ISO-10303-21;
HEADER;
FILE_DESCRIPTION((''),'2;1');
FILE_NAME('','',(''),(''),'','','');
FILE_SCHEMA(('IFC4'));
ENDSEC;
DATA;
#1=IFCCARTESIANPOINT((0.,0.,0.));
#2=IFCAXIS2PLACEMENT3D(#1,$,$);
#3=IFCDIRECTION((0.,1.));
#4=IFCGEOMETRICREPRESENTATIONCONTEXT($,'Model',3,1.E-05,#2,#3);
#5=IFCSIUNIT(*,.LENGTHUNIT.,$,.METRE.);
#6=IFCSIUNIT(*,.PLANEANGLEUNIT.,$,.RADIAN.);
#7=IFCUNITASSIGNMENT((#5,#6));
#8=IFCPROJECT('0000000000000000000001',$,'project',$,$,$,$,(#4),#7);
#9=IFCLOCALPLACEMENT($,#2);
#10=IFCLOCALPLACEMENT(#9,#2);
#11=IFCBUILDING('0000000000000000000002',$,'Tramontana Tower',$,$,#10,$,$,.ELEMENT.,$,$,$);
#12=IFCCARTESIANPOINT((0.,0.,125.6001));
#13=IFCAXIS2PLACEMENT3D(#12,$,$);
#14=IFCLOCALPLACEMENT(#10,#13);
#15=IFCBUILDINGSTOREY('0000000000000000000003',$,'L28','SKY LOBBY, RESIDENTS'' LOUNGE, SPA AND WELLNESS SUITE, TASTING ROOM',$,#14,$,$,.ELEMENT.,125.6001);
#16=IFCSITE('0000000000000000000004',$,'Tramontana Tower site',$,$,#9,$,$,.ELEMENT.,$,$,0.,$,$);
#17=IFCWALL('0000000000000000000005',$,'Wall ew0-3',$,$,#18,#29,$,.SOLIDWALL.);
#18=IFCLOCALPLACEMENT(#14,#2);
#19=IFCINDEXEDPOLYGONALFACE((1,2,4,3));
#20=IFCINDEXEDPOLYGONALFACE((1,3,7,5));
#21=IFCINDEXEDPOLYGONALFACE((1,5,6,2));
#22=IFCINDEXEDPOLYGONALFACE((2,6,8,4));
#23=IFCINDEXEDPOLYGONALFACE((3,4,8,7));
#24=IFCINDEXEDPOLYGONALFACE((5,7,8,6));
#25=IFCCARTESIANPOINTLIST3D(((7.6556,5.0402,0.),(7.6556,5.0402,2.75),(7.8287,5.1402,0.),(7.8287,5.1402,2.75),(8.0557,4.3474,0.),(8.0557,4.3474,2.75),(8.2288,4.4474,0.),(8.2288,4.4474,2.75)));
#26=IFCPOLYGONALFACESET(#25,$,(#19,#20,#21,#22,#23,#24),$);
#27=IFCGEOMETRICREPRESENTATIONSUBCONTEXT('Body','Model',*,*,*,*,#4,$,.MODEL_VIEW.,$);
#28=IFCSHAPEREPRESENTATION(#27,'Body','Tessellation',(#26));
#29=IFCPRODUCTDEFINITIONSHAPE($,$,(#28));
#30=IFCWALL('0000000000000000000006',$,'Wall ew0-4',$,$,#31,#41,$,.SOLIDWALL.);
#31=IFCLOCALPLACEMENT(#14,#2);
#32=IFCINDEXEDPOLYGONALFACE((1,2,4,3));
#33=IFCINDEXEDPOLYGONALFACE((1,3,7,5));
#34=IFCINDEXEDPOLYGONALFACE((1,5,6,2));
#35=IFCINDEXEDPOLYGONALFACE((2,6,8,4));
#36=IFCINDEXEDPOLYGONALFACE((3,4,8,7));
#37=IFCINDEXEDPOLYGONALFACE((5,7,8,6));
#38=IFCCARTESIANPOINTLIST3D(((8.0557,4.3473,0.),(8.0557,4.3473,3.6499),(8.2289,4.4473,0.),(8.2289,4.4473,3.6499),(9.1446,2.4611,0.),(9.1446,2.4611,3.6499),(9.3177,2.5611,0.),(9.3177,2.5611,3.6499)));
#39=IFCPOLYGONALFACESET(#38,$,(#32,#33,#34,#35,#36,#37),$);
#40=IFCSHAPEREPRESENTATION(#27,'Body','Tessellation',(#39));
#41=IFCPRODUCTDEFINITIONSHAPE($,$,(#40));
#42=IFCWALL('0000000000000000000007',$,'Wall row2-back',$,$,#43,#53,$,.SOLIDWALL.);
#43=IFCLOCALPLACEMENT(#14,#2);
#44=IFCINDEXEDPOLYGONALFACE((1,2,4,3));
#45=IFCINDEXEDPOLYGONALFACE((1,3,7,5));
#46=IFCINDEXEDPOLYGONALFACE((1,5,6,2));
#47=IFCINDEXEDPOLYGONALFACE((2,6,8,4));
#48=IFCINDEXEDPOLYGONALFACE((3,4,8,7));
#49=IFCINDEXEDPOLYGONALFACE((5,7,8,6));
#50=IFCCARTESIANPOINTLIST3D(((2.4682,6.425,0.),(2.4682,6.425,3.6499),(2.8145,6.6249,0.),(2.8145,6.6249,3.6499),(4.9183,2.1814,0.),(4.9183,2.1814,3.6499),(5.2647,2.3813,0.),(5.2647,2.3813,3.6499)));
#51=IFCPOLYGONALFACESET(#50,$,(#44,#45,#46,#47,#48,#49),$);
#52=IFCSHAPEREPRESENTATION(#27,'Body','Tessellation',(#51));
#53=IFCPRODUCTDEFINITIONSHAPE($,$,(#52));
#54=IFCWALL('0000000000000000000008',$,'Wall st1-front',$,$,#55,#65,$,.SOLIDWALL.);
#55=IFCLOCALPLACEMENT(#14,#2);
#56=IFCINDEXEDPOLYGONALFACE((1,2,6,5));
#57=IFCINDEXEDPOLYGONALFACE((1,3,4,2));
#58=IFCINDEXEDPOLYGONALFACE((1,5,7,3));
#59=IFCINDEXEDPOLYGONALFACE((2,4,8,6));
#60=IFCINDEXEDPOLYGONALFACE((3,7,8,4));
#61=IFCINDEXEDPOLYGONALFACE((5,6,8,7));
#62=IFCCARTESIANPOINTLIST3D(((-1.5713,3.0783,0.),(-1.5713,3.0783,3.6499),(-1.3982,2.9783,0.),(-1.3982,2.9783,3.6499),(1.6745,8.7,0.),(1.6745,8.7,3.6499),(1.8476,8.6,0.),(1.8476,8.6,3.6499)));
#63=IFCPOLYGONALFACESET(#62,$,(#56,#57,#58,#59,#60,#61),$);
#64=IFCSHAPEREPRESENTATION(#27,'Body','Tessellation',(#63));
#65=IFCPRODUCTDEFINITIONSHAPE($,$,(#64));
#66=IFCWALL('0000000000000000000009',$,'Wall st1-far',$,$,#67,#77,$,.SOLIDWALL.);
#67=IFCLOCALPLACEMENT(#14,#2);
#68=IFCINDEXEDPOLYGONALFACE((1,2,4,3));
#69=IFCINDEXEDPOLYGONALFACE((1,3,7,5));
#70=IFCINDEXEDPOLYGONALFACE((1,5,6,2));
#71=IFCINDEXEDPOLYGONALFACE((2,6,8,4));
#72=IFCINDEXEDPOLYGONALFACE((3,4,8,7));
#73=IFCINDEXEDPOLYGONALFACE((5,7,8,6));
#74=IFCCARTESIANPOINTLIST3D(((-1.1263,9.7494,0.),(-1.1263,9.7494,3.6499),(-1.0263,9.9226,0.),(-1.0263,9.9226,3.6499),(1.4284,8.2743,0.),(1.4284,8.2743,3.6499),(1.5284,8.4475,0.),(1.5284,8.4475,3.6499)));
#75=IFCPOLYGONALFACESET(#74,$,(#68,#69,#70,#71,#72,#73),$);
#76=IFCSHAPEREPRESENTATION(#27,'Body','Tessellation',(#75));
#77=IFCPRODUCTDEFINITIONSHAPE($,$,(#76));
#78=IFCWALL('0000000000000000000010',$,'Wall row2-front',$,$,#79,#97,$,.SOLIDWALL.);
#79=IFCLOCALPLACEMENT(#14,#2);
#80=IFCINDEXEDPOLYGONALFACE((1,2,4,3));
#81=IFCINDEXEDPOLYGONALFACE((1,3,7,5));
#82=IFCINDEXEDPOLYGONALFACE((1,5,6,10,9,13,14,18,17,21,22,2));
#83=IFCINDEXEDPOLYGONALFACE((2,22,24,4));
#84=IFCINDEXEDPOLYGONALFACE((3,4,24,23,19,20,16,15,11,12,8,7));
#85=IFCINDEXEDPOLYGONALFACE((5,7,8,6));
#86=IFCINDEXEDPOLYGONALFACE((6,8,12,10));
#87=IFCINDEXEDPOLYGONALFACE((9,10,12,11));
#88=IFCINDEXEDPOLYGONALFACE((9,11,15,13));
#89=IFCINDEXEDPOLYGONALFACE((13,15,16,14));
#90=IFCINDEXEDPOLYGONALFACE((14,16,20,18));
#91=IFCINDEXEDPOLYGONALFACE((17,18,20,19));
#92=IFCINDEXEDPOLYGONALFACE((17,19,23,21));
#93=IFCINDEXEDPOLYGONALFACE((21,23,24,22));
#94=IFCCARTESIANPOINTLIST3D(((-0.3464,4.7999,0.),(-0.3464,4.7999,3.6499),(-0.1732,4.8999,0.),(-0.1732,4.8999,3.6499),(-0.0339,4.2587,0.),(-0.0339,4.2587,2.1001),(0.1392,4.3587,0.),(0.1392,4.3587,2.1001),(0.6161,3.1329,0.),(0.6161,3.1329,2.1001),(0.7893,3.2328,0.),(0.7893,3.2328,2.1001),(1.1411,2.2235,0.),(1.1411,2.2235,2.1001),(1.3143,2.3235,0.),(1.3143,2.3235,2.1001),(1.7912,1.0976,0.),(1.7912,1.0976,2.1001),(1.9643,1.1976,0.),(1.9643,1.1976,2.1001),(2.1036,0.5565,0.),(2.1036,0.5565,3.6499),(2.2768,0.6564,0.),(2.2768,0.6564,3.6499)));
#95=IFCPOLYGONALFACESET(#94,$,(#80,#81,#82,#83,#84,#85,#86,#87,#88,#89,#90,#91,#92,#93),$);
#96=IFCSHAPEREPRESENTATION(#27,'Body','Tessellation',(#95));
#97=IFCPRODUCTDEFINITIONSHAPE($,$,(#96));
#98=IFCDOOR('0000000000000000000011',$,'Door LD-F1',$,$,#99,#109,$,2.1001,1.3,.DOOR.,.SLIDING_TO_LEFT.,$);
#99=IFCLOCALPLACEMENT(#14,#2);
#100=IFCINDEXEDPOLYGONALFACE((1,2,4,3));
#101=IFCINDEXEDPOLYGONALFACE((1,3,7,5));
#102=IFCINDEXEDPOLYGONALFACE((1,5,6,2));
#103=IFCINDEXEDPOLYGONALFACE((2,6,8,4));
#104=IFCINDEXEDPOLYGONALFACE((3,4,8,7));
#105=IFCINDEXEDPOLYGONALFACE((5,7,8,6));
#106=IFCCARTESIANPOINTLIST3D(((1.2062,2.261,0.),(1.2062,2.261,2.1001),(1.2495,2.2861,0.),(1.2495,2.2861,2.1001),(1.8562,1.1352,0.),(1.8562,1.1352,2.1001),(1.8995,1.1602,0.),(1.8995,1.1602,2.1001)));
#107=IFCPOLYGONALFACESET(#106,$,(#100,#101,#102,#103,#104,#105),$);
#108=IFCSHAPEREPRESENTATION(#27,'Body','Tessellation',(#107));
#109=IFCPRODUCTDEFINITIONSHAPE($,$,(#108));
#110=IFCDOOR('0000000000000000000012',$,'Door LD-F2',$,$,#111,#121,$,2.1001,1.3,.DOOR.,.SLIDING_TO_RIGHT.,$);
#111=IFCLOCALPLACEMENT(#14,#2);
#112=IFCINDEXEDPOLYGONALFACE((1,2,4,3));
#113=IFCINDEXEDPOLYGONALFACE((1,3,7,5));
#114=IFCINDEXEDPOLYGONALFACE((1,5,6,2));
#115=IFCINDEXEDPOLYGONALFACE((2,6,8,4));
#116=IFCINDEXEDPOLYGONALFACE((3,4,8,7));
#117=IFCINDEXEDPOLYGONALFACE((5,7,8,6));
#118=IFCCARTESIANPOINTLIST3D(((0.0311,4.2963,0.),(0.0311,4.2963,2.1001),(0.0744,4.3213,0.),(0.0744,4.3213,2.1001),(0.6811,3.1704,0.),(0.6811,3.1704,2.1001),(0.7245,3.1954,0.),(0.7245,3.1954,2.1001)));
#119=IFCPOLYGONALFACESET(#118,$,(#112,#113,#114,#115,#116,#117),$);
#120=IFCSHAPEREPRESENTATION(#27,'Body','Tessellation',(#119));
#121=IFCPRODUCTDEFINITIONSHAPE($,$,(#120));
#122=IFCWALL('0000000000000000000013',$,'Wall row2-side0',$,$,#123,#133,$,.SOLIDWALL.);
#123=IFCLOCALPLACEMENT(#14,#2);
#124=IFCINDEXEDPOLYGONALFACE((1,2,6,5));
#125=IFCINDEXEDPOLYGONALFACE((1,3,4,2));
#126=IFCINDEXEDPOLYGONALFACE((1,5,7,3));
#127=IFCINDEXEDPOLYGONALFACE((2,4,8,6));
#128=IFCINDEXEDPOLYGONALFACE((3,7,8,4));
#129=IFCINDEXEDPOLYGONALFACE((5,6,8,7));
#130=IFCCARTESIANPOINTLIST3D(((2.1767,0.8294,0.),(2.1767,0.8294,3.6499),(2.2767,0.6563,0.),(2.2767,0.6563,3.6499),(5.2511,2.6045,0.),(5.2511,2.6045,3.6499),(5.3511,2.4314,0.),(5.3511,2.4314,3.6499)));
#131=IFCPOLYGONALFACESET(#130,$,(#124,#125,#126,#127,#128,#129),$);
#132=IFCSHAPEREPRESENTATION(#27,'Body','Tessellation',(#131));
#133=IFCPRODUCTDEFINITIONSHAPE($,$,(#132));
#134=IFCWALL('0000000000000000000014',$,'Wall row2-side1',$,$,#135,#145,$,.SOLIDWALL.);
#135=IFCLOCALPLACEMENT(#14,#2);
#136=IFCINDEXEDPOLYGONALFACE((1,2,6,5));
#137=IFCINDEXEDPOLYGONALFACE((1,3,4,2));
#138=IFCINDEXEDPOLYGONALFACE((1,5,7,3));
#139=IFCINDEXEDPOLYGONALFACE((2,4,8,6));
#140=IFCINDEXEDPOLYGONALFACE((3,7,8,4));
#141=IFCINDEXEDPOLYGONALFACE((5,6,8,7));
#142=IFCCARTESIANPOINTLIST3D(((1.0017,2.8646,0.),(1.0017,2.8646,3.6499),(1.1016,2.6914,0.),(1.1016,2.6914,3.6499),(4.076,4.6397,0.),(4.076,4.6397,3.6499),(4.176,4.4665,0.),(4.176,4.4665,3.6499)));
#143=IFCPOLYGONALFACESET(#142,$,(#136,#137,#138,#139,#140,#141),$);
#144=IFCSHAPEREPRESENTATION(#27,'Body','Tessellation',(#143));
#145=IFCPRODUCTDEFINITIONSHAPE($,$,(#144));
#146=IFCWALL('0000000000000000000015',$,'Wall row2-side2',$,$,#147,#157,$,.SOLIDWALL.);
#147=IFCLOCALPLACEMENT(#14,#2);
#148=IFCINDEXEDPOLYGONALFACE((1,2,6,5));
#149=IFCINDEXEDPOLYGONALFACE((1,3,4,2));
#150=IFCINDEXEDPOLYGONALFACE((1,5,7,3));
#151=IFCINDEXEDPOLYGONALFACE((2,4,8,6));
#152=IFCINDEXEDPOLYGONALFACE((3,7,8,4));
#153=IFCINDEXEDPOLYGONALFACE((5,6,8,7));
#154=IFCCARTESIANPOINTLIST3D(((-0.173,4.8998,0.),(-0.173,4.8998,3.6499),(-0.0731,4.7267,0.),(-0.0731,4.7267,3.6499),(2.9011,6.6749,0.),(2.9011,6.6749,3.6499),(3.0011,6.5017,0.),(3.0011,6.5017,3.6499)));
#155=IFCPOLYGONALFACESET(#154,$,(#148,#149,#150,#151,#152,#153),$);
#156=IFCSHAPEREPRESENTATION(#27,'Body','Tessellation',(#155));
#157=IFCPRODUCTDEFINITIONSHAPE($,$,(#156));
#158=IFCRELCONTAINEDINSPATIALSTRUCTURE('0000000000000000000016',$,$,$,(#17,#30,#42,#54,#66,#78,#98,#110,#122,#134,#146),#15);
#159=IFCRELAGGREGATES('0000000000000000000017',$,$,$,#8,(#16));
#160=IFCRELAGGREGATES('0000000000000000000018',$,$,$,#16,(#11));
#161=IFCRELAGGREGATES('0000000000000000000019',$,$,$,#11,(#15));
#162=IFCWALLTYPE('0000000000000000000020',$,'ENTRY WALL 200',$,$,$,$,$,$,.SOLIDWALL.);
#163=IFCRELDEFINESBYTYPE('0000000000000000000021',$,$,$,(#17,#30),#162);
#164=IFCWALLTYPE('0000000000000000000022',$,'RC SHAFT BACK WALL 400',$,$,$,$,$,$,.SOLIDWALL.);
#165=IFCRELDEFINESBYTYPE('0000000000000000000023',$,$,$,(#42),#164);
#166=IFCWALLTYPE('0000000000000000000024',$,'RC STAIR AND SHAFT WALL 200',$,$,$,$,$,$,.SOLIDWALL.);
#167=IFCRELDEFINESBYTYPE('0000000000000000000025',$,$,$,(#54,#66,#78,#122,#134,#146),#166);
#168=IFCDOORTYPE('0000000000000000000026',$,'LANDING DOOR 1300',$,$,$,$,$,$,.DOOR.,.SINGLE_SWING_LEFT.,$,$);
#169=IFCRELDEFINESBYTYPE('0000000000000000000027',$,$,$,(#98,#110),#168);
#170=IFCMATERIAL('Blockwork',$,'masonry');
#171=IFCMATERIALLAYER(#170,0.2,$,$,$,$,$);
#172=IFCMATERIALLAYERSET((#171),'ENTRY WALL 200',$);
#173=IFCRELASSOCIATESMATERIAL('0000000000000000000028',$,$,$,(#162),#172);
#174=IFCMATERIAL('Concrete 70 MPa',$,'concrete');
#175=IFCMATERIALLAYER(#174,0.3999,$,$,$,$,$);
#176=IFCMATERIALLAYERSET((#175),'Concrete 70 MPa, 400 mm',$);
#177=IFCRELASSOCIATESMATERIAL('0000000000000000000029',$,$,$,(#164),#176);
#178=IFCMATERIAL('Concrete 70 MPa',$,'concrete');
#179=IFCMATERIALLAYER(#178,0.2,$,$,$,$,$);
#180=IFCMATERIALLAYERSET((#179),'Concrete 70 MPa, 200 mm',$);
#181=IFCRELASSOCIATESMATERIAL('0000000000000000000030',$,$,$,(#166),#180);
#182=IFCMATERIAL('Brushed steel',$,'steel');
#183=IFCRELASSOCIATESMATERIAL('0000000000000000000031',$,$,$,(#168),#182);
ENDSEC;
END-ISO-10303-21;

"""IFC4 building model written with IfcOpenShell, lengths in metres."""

from ifc_helpers import new_model, si_unit, direction, frame, frame_2d, origin, place, context, subcontext, project, spatial, rectangle, extrude, material, layer, layer_set, type_object, element, fill, save


model = new_model("IFC4")

# Units and contexts
model_context = context("Model", 3, precision=1e-05, world=origin(), true_north=direction((0.0, 1.0)))
body_context = subcontext(model_context, "Body", "Model", "MODEL_VIEW")
ifc_project = project(units=[si_unit("LENGTHUNIT", "METRE"), si_unit("PLANEANGLEUNIT", "RADIAN")], contexts=[model_context])

# Site, building, storey
site_placement = place(None, origin())
site = spatial("IfcSite", under=ifc_project, at=site_placement, Name="Tramontana Tower site", CompositionType="ELEMENT", RefElevation=0.0)
building_placement = place(site_placement, origin())
building = spatial("IfcBuilding", under=site, at=building_placement, Name="Tramontana Tower", CompositionType="ELEMENT")
storey_placement = place(building_placement, frame((0.0, 0.0, 125.6001)))
storey = spatial("IfcBuildingStorey", under=building, at=storey_placement, Name="L28", Description="SKY LOBBY, RESIDENTS' LOUNGE, SPA AND WELLNESS SUITE, TASTING ROOM", CompositionType="ELEMENT", Elevation=125.6001)

# Shared definitions
ifc_material_1 = material(Name="Blockwork", Category="masonry")
ifc_layer_1 = layer(ifc_material_1, 0.2)
ifc_layer_set_1 = layer_set([ifc_layer_1], Name="ENTRY WALL 200")
wall_type_1 = type_object("IfcWallType", Name="ENTRY WALL 200", PredefinedType="SOLIDWALL", material=ifc_layer_set_1)

# Walls
wall_1_placement = place(storey_placement, frame((7.7422, 5.0901, 0.0), z_axis=(0.0, 0.0, 1.0), x_axis=(0.50011, -0.865962, 0.0)))
element("IfcWall", 1, at=wall_1_placement, inside=storey, type_object=wall_type_1, Name="Wall ew0-3", PredefinedType="SOLIDWALL", context=body_context, shape_type="SweptSolid", body=[
    extrude(rectangle(XDim=0.8, YDim=0.2, at=frame_2d((0.3999, 0.0))), origin(), (0.0, 0.0, 1.0), 2.75),
])
wall_2_placement = place(storey_placement, frame((8.1423, 4.3972, 0.0), z_axis=(0.0, 0.0, 1.0), x_axis=(0.499949, -0.866055, 0.0)))
element("IfcWall", 2, at=wall_2_placement, inside=storey, type_object=wall_type_1, Name="Wall ew0-4", PredefinedType="SOLIDWALL", context=body_context, shape_type="SweptSolid", body=[
    extrude(rectangle(XDim=2.178, YDim=0.2, at=frame_2d((1.0889, 0.0))), origin(), (0.0, 0.0, 1.0), 3.6499),
])
ifc_material_2 = material(Name="Concrete 70 MPa", Category="concrete")
ifc_layer_2 = layer(ifc_material_2, 0.3999)
ifc_layer_set_2 = layer_set([ifc_layer_2], Name="Concrete 70 MPa, 400 mm")
wall_type_2 = type_object("IfcWallType", Name="RC SHAFT BACK WALL 400", PredefinedType="SOLIDWALL", material=ifc_layer_set_2)
wall_3_placement = place(storey_placement, frame((5.0916, 2.2812, 0.0), z_axis=(0.0, 0.0, 1.0), x_axis=(-0.500019, 0.866015, 0.0)))
element("IfcWall", 3, at=wall_3_placement, inside=storey, type_object=wall_type_2, Name="Wall row2-back", PredefinedType="SOLIDWALL", context=body_context, shape_type="SweptSolid", body=[
    extrude(rectangle(XDim=4.9001, YDim=0.3999, at=frame_2d((2.4502, 0.0))), origin(), (0.0, 0.0, 1.0), 3.6499),
])
ifc_material_3 = material(Name="Concrete 70 MPa", Category="concrete")
ifc_layer_3 = layer(ifc_material_3, 0.2)
ifc_layer_set_3 = layer_set([ifc_layer_3], Name="Concrete 70 MPa, 200 mm")
wall_type_3 = type_object("IfcWallType", Name="RC STAIR AND SHAFT WALL 200", PredefinedType="SOLIDWALL", material=ifc_layer_set_3)
wall_4_placement = place(storey_placement, frame((1.761, 8.6499, 0.0), z_axis=(0.0, 0.0, 1.0), x_axis=(-0.50001, -0.86602, 0.0)))
element("IfcWall", 4, at=wall_4_placement, inside=storey, type_object=wall_type_3, Name="Wall st1-front", PredefinedType="SOLIDWALL", context=body_context, shape_type="SweptSolid", body=[
    extrude(rectangle(XDim=6.4915, YDim=0.2, at=frame_2d((3.2456, 0.0))), origin(), (0.0, 0.0, 1.0), 3.6499),
])
wall_5_placement = place(storey_placement, frame((1.4785, 8.3608, 0.0), z_axis=(0.0, 0.0, 1.0), x_axis=(-0.866004, 0.500038, 0.0)))
element("IfcWall", 5, at=wall_5_placement, inside=storey, type_object=wall_type_3, Name="Wall st1-far", PredefinedType="SOLIDWALL", context=body_context, shape_type="SweptSolid", body=[
    extrude(rectangle(XDim=2.95, YDim=0.2, at=frame_2d((1.4751, 0.0))), origin(), (0.0, 0.0, 1.0), 3.6499),
])

# Wall, openings, doors
wall_6_placement = place(storey_placement, frame((2.1902, 0.6064, 0.0), z_axis=(0.0, 0.0, 1.0), x_axis=(-0.500003, 0.866024, 0.0)))
wall_6 = element("IfcWall", 6, at=wall_6_placement, inside=storey, type_object=wall_type_3, Name="Wall row2-front", PredefinedType="SOLIDWALL", context=body_context, shape_type="SweptSolid", body=[
    extrude(rectangle(XDim=4.8999, YDim=0.2, at=frame_2d((2.45, 0.0))), origin(), (0.0, 0.0, 1.0), 3.6499),
])
opening_1_placement = place(wall_6_placement, frame((0.625, 0.0, 0.0)))
opening_1 = element("IfcOpeningElement", 7, at=opening_1_placement, cuts=wall_6, PredefinedType="OPENING", context=body_context, shape_type="SweptSolid", body=[
    extrude(rectangle(XDim=1.3, YDim=2.1001, at=frame_2d((0.6499, 1.05))), frame((0.0, 0.1099, 0.0), z_axis=(0.0, -1.0, 0.0), x_axis=(1.0, 0.0, 0.0)), (0.0, 0.0, 1.0), 0.22),
])
opening_2_placement = place(wall_6_placement, frame((2.9751, 0.0, 0.0)))
opening_2 = element("IfcOpeningElement", 8, at=opening_2_placement, cuts=wall_6, PredefinedType="OPENING", context=body_context, shape_type="SweptSolid", body=[
    extrude(rectangle(XDim=1.3, YDim=2.1001, at=frame_2d((0.6499, 1.05))), frame((0.0, 0.1099, 0.0), z_axis=(0.0, -1.0, 0.0), x_axis=(1.0, 0.0, 0.0)), (0.0, 0.0, 1.0), 0.22),
])
ifc_material_4 = material(Name="Brushed steel", Category="steel")
door_type_1 = type_object("IfcDoorType", Name="LANDING DOOR 1300", OperationType="SINGLE_SWING_LEFT", PredefinedType="DOOR", material=ifc_material_4)
door_1_placement = place(opening_1_placement, origin())
door_1 = element("IfcDoor", 9, at=door_1_placement, inside=storey, type_object=door_type_1, Name="Door LD-F1", OperationType="SLIDING_TO_LEFT", OverallHeight=2.1001, OverallWidth=1.3, PredefinedType="DOOR", context=body_context, shape_type="SweptSolid", body=[
    extrude(rectangle(XDim=1.3, YDim=2.1001, at=frame_2d((0.6499, 1.05))), frame((0.0, 0.0249, 0.0), z_axis=(0.0, -1.0, 0.0), x_axis=(1.0, 0.0, 0.0)), (0.0, 0.0, 1.0), 0.05),
])
fill(opening_1, door_1)
door_2_placement = place(opening_2_placement, origin())
door_2 = element("IfcDoor", 10, at=door_2_placement, inside=storey, type_object=door_type_1, Name="Door LD-F2", OperationType="SLIDING_TO_RIGHT", OverallHeight=2.1001, OverallWidth=1.3, PredefinedType="DOOR", context=body_context, shape_type="SweptSolid", body=[
    extrude(rectangle(XDim=1.3, YDim=2.1001, at=frame_2d((0.6499, 1.05))), frame((0.0, 0.0249, 0.0), z_axis=(0.0, -1.0, 0.0), x_axis=(1.0, 0.0, 0.0)), (0.0, 0.0, 1.0), 0.05),
])
fill(opening_2, door_2)

# Walls
for number, where, z_axis, x_axis, name in (
    (11, (2.2268, 0.7429, 0.0), (0.0, 0.0, 1.0), (0.866013, 0.500022, 0.0), "Wall row2-side0"),
    (12, (1.0518, 2.7781, 0.0), (0.0, 0.0, 1.0), (0.866013, 0.500022, 0.0), "Wall row2-side1"),
):
    element("IfcWall", number, at=place(storey_placement, frame(where, z_axis=z_axis, x_axis=x_axis)), inside=storey, type_object=wall_type_3, Name=name, PredefinedType="SOLIDWALL", context=body_context, shape_type="SweptSolid", body=[
        extrude(rectangle(XDim=3.55, YDim=0.2, at=frame_2d((1.7749, 0.0))), origin(), (0.0, 0.0, 1.0), 3.6499),
    ])
wall_7_placement = place(storey_placement, frame((-0.123, 4.8132, 0.0), z_axis=(0.0, 0.0, 1.0), x_axis=(0.865995, 0.500052, 0.0)))
element("IfcWall", 13, at=wall_7_placement, inside=storey, type_object=wall_type_3, Name="Wall row2-side2", PredefinedType="SOLIDWALL", context=body_context, shape_type="SweptSolid", body=[
    extrude(rectangle(XDim=3.5498, YDim=0.2, at=frame_2d((1.7749, 0.0))), origin(), (0.0, 0.0, 1.0), 3.6499),
])

save(model, "model.ifc")
